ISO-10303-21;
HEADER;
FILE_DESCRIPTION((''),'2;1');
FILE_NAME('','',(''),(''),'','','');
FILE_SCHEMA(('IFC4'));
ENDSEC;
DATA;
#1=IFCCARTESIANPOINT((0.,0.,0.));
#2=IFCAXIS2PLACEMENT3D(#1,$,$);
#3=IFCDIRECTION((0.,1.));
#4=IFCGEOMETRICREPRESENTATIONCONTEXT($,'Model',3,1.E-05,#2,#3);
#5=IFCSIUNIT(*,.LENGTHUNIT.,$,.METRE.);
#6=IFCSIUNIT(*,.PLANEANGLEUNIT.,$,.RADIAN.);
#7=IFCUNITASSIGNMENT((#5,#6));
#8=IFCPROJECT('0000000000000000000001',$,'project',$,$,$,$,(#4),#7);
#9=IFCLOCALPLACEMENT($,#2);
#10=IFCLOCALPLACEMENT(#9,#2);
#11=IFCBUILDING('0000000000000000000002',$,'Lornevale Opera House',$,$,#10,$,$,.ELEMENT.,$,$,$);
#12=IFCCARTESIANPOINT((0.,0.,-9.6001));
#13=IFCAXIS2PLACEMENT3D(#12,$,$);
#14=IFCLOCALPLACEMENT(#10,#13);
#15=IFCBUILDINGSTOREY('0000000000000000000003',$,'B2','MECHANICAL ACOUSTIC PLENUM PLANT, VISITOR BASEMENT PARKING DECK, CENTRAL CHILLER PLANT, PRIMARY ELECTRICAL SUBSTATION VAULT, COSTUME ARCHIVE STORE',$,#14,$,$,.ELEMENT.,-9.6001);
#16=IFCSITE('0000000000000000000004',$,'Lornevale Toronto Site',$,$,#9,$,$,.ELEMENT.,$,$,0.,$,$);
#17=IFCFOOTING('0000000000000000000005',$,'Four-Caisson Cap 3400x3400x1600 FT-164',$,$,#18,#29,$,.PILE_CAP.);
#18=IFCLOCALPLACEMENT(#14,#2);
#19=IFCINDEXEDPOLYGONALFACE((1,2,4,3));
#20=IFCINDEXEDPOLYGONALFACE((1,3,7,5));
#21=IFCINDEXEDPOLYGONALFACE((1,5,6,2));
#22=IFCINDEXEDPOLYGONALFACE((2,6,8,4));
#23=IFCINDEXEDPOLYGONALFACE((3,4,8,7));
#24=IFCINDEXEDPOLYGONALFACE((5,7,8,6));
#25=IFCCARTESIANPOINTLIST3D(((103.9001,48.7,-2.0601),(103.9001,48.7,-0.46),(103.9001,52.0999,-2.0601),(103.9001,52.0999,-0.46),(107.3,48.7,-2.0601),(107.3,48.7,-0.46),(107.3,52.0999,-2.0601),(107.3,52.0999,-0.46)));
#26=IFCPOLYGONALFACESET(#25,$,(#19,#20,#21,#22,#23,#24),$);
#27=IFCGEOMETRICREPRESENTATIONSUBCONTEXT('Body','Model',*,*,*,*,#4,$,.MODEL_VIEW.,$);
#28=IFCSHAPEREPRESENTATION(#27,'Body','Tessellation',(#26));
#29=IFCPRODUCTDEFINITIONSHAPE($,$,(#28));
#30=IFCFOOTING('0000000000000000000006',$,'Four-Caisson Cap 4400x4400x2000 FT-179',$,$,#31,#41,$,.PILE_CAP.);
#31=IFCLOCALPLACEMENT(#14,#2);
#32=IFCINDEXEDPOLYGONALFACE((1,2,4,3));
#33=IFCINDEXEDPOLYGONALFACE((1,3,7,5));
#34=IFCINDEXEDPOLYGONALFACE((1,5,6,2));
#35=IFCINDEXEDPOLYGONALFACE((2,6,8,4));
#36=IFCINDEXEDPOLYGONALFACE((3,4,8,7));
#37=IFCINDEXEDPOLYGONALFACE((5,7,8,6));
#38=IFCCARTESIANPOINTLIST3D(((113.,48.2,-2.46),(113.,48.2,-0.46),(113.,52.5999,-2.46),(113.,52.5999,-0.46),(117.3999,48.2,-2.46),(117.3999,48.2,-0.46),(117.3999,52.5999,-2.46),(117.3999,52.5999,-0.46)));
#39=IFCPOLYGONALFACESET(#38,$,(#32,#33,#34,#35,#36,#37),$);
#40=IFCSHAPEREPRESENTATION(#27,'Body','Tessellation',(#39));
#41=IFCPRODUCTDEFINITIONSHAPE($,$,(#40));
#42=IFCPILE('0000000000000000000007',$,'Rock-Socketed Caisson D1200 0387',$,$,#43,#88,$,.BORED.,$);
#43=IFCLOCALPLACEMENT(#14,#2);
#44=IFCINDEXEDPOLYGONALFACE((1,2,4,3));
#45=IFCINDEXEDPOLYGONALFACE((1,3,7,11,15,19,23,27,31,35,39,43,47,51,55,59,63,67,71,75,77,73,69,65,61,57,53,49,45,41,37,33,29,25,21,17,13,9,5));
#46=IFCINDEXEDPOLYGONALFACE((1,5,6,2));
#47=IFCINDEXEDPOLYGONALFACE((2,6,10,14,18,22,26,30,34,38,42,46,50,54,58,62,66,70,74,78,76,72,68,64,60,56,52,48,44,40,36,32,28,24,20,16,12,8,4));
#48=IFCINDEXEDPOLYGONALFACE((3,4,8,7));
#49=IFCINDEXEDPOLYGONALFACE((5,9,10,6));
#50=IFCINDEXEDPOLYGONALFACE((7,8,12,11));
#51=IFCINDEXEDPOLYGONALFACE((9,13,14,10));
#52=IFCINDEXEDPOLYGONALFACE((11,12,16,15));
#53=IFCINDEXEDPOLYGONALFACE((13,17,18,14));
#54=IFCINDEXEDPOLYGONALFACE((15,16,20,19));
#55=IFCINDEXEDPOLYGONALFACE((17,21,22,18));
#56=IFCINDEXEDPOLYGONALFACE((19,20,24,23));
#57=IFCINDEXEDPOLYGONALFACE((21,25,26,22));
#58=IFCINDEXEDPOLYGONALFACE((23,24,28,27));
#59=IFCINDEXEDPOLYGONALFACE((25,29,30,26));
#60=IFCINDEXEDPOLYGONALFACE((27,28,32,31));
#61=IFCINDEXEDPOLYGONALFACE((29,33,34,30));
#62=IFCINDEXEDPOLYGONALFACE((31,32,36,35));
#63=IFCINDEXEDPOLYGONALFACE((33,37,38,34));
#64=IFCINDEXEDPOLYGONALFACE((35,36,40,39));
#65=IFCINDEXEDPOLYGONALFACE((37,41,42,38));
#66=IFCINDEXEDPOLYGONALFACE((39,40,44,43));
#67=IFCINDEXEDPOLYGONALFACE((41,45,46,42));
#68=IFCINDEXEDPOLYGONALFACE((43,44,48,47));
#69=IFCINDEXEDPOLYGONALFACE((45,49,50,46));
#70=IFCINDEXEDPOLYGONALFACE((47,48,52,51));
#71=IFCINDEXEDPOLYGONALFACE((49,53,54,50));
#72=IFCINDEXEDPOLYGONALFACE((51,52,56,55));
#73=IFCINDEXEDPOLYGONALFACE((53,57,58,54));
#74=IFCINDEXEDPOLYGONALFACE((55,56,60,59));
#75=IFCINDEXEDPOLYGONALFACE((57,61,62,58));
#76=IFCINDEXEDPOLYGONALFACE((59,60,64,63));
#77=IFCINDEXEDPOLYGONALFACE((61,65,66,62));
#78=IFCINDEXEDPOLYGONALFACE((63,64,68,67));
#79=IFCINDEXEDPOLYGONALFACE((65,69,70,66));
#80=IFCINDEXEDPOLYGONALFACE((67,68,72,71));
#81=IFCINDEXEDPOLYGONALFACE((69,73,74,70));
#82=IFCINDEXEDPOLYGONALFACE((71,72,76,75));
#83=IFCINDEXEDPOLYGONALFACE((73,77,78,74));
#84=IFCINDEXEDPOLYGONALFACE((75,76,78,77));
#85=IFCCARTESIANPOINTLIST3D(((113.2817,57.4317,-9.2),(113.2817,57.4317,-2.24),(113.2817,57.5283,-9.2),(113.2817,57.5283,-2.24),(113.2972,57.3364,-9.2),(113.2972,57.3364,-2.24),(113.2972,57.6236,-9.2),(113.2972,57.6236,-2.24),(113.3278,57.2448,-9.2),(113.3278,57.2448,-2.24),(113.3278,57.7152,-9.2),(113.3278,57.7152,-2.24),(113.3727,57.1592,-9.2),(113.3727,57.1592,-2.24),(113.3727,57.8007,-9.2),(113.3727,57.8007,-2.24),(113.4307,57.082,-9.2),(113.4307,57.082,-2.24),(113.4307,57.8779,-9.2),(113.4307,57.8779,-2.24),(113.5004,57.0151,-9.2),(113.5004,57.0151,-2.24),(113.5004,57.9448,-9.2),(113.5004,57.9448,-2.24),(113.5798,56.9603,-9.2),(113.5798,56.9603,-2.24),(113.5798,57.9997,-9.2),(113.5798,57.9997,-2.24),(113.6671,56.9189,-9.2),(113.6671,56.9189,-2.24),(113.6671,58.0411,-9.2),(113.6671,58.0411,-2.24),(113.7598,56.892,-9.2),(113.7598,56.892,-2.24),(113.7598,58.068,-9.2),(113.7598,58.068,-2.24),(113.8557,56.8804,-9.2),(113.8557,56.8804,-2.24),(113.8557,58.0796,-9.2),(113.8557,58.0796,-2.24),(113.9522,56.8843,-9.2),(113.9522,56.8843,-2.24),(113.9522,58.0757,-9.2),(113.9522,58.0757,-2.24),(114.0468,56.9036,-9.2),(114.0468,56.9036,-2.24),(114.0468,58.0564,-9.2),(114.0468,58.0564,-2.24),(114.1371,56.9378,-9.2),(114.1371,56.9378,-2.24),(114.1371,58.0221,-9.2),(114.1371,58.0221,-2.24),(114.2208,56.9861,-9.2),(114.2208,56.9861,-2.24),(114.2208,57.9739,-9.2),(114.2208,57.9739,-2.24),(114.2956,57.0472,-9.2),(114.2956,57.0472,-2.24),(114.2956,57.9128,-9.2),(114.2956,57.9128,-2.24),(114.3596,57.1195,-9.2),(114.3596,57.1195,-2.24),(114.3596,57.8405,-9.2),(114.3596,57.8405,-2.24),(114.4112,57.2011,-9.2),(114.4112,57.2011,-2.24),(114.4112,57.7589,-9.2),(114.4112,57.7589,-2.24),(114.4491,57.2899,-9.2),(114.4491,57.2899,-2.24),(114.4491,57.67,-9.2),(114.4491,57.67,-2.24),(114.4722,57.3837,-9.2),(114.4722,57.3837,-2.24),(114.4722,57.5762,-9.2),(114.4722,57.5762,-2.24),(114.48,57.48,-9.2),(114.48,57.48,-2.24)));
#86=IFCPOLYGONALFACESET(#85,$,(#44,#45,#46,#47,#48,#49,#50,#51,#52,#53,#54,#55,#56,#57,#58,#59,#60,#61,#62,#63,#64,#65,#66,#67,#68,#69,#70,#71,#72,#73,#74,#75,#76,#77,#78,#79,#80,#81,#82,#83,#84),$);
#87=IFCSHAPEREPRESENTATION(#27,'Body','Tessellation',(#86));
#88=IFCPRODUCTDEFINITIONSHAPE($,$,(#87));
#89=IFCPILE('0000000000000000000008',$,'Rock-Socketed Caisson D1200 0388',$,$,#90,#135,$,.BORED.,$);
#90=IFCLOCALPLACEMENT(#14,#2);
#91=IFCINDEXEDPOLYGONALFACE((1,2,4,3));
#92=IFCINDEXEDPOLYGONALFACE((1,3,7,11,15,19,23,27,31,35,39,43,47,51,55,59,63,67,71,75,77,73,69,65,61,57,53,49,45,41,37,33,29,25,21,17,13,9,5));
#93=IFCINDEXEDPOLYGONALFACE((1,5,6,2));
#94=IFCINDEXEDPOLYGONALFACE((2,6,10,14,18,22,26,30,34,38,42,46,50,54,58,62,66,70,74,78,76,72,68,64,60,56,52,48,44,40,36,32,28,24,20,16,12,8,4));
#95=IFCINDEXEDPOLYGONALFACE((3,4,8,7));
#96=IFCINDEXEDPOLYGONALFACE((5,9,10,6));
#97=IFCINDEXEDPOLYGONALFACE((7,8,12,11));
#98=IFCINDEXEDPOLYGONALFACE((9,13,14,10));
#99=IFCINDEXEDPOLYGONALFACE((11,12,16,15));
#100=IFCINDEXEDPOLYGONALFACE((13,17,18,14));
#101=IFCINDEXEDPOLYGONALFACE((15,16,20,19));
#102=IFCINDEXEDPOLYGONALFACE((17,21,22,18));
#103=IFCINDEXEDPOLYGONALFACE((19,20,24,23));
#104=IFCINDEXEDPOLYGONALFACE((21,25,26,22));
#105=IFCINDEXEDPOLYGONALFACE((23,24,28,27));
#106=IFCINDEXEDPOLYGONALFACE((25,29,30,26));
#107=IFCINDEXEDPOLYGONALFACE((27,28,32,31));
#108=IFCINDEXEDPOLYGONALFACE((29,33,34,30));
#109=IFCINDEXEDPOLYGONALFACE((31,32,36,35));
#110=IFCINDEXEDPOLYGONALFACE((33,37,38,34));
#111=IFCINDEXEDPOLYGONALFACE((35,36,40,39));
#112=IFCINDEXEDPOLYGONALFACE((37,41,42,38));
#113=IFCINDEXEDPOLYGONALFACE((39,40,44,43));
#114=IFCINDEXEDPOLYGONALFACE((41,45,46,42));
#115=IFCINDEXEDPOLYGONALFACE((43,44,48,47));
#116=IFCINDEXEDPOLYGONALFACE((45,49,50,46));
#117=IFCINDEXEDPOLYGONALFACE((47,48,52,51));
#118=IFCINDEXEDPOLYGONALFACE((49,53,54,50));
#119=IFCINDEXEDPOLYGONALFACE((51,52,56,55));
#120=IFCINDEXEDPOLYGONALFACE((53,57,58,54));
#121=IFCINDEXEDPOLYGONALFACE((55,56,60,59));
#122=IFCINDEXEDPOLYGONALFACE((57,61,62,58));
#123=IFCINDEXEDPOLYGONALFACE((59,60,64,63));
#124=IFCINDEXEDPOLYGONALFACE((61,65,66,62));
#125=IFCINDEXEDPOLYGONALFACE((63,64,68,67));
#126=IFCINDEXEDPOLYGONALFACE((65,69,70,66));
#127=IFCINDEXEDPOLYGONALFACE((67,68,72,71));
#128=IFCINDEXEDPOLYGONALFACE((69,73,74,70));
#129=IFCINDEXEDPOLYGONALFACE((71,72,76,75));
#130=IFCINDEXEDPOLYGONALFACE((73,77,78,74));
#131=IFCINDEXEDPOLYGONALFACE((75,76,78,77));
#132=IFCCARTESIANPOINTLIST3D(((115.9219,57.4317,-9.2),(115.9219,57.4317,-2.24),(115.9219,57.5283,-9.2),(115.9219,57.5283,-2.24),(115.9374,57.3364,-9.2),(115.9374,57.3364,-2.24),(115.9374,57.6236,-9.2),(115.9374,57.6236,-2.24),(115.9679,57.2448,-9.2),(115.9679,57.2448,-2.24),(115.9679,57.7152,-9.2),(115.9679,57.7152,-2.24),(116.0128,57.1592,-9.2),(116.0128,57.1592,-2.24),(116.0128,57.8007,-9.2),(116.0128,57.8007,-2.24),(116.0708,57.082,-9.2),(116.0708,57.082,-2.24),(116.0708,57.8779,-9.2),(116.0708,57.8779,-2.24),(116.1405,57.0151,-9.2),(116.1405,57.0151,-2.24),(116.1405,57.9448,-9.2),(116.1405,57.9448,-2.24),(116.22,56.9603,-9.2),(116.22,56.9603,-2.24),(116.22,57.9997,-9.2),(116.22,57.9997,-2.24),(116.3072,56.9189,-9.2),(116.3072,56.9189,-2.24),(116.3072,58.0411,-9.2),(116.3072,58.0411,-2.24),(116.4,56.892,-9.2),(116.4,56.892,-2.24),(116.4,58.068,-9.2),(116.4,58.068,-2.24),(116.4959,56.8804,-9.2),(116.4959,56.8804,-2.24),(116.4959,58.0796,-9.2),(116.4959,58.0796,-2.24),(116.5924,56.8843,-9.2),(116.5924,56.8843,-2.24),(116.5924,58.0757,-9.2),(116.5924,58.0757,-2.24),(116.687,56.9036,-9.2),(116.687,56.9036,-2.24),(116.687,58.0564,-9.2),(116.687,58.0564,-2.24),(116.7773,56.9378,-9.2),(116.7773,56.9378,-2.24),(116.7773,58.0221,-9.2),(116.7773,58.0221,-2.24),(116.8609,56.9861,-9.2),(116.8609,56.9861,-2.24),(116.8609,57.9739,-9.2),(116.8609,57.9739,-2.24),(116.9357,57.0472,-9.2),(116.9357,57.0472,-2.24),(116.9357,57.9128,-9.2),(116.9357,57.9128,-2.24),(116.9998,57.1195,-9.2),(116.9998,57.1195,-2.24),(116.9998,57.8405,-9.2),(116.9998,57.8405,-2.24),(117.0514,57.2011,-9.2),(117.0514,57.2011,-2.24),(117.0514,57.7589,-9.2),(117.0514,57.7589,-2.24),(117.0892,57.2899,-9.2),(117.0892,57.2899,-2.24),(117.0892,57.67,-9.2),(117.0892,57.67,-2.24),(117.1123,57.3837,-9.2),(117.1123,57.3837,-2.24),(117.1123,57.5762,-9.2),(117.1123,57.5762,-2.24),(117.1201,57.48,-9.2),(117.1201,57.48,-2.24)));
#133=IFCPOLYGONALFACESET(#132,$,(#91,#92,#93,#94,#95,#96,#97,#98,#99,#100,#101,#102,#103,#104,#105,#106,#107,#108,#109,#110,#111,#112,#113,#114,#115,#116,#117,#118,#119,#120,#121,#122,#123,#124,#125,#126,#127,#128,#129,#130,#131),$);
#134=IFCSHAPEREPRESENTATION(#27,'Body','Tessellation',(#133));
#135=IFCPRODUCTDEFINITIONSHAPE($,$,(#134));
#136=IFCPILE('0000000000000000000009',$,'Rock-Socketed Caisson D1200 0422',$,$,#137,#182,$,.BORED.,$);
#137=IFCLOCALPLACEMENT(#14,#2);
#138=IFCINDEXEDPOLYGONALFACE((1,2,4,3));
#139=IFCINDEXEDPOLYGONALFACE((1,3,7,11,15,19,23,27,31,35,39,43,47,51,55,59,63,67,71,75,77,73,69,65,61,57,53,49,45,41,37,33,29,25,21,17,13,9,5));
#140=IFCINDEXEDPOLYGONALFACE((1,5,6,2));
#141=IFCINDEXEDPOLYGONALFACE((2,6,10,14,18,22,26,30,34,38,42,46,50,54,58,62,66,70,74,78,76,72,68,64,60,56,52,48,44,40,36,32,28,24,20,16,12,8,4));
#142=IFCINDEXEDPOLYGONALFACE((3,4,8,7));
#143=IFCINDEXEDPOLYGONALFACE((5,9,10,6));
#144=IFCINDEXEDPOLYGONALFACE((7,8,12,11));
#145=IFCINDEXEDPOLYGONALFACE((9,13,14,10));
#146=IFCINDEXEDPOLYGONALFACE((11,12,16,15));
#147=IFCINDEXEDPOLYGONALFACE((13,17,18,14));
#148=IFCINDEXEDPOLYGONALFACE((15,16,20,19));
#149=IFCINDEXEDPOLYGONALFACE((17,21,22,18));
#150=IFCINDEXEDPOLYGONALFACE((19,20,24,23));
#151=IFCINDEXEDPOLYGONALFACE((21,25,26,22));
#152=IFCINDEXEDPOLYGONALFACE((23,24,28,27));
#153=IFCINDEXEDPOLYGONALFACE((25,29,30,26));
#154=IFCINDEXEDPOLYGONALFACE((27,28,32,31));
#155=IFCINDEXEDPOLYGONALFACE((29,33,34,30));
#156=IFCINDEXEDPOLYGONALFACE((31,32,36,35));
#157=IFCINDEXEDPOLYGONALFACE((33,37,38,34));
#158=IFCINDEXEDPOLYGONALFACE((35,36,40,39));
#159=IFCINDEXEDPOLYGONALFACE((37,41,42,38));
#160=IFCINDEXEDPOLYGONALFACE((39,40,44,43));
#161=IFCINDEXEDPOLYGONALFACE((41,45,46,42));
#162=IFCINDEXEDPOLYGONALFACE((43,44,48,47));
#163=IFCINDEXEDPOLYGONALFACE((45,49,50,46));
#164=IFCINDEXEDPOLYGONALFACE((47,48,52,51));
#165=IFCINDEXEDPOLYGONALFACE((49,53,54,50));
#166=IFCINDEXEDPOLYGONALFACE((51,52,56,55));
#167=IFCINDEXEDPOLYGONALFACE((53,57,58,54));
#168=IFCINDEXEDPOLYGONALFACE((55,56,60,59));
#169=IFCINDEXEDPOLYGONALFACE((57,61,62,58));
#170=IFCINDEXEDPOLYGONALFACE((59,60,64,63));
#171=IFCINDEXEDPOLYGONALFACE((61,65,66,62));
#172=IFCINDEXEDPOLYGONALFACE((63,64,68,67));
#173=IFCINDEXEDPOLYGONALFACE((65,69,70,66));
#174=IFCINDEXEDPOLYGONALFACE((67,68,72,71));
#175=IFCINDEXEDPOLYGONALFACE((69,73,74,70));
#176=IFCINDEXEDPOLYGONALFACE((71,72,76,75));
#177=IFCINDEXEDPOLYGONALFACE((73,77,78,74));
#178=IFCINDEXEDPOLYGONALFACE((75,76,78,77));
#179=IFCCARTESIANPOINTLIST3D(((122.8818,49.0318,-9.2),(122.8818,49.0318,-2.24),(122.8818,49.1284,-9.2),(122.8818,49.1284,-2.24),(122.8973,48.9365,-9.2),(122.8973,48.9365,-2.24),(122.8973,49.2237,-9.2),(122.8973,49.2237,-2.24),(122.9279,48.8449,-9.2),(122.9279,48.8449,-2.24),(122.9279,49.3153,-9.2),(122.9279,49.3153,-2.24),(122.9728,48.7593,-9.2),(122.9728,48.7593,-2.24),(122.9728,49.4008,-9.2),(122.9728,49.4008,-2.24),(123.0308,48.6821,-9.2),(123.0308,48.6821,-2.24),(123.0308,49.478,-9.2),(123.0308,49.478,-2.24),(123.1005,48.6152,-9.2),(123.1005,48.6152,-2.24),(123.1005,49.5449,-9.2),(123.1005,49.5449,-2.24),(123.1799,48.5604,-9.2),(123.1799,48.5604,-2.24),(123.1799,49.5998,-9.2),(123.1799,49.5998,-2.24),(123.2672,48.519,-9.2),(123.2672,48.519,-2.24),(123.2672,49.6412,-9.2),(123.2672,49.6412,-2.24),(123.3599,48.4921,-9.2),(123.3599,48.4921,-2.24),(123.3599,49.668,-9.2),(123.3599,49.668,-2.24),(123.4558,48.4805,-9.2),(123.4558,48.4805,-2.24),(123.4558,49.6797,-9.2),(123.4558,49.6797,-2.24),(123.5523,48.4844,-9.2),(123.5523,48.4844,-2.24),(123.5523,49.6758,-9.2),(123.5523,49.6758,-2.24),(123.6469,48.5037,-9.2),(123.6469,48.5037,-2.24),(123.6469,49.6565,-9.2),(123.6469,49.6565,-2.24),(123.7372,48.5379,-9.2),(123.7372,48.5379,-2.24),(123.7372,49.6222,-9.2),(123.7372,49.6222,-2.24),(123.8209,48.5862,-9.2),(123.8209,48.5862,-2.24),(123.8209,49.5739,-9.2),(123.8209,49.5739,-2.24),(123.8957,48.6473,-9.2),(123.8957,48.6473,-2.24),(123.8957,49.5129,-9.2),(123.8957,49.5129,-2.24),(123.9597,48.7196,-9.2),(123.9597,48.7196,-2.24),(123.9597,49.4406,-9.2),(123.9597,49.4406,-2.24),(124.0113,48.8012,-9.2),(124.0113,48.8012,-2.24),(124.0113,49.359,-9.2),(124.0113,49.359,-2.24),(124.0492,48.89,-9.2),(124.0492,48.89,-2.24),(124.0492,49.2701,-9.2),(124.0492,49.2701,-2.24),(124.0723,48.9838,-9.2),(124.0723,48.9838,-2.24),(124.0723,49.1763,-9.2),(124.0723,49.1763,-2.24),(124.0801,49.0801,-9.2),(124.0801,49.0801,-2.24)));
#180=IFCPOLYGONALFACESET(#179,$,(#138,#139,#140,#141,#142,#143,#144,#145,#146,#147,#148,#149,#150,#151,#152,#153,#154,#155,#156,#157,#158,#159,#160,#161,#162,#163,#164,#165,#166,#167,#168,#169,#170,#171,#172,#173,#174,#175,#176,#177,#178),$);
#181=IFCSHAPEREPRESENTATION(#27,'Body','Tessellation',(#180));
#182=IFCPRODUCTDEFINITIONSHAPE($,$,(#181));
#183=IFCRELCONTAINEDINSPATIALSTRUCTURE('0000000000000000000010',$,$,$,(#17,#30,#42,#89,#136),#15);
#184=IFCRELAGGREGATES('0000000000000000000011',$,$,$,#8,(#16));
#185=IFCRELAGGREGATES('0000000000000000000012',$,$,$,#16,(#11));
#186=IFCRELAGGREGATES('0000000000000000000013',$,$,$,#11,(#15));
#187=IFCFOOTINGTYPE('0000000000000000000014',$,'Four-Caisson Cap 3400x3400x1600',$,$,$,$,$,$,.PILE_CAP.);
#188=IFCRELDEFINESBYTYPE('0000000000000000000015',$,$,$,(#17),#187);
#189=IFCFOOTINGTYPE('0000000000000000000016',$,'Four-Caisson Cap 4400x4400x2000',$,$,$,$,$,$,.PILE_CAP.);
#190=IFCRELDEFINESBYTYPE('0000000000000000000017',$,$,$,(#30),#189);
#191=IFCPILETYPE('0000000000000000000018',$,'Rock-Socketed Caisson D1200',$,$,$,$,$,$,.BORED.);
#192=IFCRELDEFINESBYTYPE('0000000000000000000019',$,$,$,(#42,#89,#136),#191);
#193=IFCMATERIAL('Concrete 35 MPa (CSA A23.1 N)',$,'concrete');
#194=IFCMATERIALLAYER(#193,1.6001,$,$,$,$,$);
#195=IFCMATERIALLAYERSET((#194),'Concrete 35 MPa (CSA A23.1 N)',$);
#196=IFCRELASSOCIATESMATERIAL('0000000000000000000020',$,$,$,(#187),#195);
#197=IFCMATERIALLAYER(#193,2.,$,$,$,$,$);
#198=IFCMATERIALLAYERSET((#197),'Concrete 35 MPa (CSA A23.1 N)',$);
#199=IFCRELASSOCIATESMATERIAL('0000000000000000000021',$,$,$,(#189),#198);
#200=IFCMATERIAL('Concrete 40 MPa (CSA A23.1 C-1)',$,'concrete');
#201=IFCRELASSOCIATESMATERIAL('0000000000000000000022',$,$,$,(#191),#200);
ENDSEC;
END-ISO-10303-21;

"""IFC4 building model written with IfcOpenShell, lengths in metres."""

from ifc_helpers import new_model, si_unit, direction, frame, origin, origin_2d, place, context, subcontext, project, spatial, rectangle, circle, extrude, material, layer, layer_set, material_profile, profile_set, type_object, element, save


model = new_model("IFC4")

# Units and contexts
model_context = context("Model", 3, precision=1e-05, world=origin(), true_north=direction((0.0, 1.0)))
body_context = subcontext(model_context, "Body", "Model", "MODEL_VIEW")
ifc_project = project(units=[si_unit("LENGTHUNIT", "METRE"), si_unit("PLANEANGLEUNIT", "RADIAN")], contexts=[model_context])

# Site, building, storey
site_placement = place(None, origin())
site = spatial("IfcSite", under=ifc_project, at=site_placement, Name="Lornevale Toronto Site", CompositionType="ELEMENT", RefElevation=0.0)
building_placement = place(site_placement, origin())
building = spatial("IfcBuilding", under=site, at=building_placement, Name="Lornevale Opera House", CompositionType="ELEMENT")
storey_placement = place(building_placement, frame((0.0, 0.0, -9.6001)))
storey = spatial("IfcBuildingStorey", under=building, at=storey_placement, Name="B2", Description="MECHANICAL ACOUSTIC PLENUM PLANT, VISITOR BASEMENT PARKING DECK, CENTRAL CHILLER PLANT, PRIMARY ELECTRICAL SUBSTATION VAULT, COSTUME ARCHIVE STORE", CompositionType="ELEMENT", Elevation=-9.6001)

# Footings
ifc_material_1 = material(Name="Concrete 35 MPa (CSA A23.1 N)", Category="concrete")
ifc_layer_1 = layer(ifc_material_1, 1.6001)
ifc_layer_set_1 = layer_set([ifc_layer_1], Name="Concrete 35 MPa (CSA A23.1 N)")
footing_type_1 = type_object("IfcFootingType", Name="Four-Caisson Cap 3400x3400x1600", PredefinedType="PILE_CAP", material=ifc_layer_set_1)
footing_1_placement = place(storey_placement, frame((105.6001, 50.3999, -2.0601), z_axis=(0.0, 0.0, 1.0), x_axis=(1.0, 0.0, 0.0)))
element("IfcFooting", 1, at=footing_1_placement, inside=storey, type_object=footing_type_1, Name="Four-Caisson Cap 3400x3400x1600 FT-164", PredefinedType="PILE_CAP", context=body_context, shape_type="SweptSolid", body=[
    extrude(rectangle(XDim=3.3999, YDim=3.3999, at=origin_2d()), origin(), (0.0, 0.0, 1.0), 1.6001),
])
ifc_layer_2 = layer(ifc_material_1, 2.0)
ifc_layer_set_2 = layer_set([ifc_layer_2], Name="Concrete 35 MPa (CSA A23.1 N)")
footing_type_2 = type_object("IfcFootingType", Name="Four-Caisson Cap 4400x4400x2000", PredefinedType="PILE_CAP", material=ifc_layer_set_2)
footing_2_placement = place(storey_placement, frame((115.2, 50.3999, -2.46), z_axis=(0.0, 0.0, 1.0), x_axis=(1.0, 0.0, 0.0)))
element("IfcFooting", 2, at=footing_2_placement, inside=storey, type_object=footing_type_2, Name="Four-Caisson Cap 4400x4400x2000 FT-179", PredefinedType="PILE_CAP", context=body_context, shape_type="SweptSolid", body=[
    extrude(rectangle(XDim=4.3999, YDim=4.3999, at=origin_2d()), origin(), (0.0, 0.0, 1.0), 2.0),
])

# Piles
ifc_material_2 = material(Name="Concrete 40 MPa (CSA A23.1 C-1)", Category="concrete")
ifc_material_profile_1 = material_profile(ifc_material_2, circle(Radius=0.6001, at=origin_2d()), Name="CAIS1200")
ifc_profile_set_1 = profile_set([ifc_material_profile_1], Name="Concrete 40 MPa (CSA A23.1 C-1)")
pile_type_1 = type_object("IfcPileType", Name="Rock-Socketed Caisson D1200", PredefinedType="BORED", material=ifc_profile_set_1)
for number, where, z_axis, x_axis, name in (
    (3, (113.8799, 57.48, -2.24), (0.0, 0.0, -1.0), (1.0, 0.0, 0.0), "Rock-Socketed Caisson D1200 0387"),
    (4, (116.52, 57.48, -2.24), (0.0, 0.0, -1.0), (1.0, 0.0, 0.0), "Rock-Socketed Caisson D1200 0388"),
    (5, (123.48, 49.0801, -2.24), (0.0, 0.0, -1.0), (1.0, 0.0, 0.0), "Rock-Socketed Caisson D1200 0422"),
):
    element("IfcPile", number, at=place(storey_placement, frame(where, z_axis=z_axis, x_axis=x_axis)), inside=storey, type_object=pile_type_1, Name=name, PredefinedType="BORED", context=body_context, shape_type="SweptSolid", body=[
        extrude(circle(Radius=0.6001, at=origin_2d()), origin(), (0.0, 0.0, 1.0), 6.96),
    ])

save(model, "model.ifc")
